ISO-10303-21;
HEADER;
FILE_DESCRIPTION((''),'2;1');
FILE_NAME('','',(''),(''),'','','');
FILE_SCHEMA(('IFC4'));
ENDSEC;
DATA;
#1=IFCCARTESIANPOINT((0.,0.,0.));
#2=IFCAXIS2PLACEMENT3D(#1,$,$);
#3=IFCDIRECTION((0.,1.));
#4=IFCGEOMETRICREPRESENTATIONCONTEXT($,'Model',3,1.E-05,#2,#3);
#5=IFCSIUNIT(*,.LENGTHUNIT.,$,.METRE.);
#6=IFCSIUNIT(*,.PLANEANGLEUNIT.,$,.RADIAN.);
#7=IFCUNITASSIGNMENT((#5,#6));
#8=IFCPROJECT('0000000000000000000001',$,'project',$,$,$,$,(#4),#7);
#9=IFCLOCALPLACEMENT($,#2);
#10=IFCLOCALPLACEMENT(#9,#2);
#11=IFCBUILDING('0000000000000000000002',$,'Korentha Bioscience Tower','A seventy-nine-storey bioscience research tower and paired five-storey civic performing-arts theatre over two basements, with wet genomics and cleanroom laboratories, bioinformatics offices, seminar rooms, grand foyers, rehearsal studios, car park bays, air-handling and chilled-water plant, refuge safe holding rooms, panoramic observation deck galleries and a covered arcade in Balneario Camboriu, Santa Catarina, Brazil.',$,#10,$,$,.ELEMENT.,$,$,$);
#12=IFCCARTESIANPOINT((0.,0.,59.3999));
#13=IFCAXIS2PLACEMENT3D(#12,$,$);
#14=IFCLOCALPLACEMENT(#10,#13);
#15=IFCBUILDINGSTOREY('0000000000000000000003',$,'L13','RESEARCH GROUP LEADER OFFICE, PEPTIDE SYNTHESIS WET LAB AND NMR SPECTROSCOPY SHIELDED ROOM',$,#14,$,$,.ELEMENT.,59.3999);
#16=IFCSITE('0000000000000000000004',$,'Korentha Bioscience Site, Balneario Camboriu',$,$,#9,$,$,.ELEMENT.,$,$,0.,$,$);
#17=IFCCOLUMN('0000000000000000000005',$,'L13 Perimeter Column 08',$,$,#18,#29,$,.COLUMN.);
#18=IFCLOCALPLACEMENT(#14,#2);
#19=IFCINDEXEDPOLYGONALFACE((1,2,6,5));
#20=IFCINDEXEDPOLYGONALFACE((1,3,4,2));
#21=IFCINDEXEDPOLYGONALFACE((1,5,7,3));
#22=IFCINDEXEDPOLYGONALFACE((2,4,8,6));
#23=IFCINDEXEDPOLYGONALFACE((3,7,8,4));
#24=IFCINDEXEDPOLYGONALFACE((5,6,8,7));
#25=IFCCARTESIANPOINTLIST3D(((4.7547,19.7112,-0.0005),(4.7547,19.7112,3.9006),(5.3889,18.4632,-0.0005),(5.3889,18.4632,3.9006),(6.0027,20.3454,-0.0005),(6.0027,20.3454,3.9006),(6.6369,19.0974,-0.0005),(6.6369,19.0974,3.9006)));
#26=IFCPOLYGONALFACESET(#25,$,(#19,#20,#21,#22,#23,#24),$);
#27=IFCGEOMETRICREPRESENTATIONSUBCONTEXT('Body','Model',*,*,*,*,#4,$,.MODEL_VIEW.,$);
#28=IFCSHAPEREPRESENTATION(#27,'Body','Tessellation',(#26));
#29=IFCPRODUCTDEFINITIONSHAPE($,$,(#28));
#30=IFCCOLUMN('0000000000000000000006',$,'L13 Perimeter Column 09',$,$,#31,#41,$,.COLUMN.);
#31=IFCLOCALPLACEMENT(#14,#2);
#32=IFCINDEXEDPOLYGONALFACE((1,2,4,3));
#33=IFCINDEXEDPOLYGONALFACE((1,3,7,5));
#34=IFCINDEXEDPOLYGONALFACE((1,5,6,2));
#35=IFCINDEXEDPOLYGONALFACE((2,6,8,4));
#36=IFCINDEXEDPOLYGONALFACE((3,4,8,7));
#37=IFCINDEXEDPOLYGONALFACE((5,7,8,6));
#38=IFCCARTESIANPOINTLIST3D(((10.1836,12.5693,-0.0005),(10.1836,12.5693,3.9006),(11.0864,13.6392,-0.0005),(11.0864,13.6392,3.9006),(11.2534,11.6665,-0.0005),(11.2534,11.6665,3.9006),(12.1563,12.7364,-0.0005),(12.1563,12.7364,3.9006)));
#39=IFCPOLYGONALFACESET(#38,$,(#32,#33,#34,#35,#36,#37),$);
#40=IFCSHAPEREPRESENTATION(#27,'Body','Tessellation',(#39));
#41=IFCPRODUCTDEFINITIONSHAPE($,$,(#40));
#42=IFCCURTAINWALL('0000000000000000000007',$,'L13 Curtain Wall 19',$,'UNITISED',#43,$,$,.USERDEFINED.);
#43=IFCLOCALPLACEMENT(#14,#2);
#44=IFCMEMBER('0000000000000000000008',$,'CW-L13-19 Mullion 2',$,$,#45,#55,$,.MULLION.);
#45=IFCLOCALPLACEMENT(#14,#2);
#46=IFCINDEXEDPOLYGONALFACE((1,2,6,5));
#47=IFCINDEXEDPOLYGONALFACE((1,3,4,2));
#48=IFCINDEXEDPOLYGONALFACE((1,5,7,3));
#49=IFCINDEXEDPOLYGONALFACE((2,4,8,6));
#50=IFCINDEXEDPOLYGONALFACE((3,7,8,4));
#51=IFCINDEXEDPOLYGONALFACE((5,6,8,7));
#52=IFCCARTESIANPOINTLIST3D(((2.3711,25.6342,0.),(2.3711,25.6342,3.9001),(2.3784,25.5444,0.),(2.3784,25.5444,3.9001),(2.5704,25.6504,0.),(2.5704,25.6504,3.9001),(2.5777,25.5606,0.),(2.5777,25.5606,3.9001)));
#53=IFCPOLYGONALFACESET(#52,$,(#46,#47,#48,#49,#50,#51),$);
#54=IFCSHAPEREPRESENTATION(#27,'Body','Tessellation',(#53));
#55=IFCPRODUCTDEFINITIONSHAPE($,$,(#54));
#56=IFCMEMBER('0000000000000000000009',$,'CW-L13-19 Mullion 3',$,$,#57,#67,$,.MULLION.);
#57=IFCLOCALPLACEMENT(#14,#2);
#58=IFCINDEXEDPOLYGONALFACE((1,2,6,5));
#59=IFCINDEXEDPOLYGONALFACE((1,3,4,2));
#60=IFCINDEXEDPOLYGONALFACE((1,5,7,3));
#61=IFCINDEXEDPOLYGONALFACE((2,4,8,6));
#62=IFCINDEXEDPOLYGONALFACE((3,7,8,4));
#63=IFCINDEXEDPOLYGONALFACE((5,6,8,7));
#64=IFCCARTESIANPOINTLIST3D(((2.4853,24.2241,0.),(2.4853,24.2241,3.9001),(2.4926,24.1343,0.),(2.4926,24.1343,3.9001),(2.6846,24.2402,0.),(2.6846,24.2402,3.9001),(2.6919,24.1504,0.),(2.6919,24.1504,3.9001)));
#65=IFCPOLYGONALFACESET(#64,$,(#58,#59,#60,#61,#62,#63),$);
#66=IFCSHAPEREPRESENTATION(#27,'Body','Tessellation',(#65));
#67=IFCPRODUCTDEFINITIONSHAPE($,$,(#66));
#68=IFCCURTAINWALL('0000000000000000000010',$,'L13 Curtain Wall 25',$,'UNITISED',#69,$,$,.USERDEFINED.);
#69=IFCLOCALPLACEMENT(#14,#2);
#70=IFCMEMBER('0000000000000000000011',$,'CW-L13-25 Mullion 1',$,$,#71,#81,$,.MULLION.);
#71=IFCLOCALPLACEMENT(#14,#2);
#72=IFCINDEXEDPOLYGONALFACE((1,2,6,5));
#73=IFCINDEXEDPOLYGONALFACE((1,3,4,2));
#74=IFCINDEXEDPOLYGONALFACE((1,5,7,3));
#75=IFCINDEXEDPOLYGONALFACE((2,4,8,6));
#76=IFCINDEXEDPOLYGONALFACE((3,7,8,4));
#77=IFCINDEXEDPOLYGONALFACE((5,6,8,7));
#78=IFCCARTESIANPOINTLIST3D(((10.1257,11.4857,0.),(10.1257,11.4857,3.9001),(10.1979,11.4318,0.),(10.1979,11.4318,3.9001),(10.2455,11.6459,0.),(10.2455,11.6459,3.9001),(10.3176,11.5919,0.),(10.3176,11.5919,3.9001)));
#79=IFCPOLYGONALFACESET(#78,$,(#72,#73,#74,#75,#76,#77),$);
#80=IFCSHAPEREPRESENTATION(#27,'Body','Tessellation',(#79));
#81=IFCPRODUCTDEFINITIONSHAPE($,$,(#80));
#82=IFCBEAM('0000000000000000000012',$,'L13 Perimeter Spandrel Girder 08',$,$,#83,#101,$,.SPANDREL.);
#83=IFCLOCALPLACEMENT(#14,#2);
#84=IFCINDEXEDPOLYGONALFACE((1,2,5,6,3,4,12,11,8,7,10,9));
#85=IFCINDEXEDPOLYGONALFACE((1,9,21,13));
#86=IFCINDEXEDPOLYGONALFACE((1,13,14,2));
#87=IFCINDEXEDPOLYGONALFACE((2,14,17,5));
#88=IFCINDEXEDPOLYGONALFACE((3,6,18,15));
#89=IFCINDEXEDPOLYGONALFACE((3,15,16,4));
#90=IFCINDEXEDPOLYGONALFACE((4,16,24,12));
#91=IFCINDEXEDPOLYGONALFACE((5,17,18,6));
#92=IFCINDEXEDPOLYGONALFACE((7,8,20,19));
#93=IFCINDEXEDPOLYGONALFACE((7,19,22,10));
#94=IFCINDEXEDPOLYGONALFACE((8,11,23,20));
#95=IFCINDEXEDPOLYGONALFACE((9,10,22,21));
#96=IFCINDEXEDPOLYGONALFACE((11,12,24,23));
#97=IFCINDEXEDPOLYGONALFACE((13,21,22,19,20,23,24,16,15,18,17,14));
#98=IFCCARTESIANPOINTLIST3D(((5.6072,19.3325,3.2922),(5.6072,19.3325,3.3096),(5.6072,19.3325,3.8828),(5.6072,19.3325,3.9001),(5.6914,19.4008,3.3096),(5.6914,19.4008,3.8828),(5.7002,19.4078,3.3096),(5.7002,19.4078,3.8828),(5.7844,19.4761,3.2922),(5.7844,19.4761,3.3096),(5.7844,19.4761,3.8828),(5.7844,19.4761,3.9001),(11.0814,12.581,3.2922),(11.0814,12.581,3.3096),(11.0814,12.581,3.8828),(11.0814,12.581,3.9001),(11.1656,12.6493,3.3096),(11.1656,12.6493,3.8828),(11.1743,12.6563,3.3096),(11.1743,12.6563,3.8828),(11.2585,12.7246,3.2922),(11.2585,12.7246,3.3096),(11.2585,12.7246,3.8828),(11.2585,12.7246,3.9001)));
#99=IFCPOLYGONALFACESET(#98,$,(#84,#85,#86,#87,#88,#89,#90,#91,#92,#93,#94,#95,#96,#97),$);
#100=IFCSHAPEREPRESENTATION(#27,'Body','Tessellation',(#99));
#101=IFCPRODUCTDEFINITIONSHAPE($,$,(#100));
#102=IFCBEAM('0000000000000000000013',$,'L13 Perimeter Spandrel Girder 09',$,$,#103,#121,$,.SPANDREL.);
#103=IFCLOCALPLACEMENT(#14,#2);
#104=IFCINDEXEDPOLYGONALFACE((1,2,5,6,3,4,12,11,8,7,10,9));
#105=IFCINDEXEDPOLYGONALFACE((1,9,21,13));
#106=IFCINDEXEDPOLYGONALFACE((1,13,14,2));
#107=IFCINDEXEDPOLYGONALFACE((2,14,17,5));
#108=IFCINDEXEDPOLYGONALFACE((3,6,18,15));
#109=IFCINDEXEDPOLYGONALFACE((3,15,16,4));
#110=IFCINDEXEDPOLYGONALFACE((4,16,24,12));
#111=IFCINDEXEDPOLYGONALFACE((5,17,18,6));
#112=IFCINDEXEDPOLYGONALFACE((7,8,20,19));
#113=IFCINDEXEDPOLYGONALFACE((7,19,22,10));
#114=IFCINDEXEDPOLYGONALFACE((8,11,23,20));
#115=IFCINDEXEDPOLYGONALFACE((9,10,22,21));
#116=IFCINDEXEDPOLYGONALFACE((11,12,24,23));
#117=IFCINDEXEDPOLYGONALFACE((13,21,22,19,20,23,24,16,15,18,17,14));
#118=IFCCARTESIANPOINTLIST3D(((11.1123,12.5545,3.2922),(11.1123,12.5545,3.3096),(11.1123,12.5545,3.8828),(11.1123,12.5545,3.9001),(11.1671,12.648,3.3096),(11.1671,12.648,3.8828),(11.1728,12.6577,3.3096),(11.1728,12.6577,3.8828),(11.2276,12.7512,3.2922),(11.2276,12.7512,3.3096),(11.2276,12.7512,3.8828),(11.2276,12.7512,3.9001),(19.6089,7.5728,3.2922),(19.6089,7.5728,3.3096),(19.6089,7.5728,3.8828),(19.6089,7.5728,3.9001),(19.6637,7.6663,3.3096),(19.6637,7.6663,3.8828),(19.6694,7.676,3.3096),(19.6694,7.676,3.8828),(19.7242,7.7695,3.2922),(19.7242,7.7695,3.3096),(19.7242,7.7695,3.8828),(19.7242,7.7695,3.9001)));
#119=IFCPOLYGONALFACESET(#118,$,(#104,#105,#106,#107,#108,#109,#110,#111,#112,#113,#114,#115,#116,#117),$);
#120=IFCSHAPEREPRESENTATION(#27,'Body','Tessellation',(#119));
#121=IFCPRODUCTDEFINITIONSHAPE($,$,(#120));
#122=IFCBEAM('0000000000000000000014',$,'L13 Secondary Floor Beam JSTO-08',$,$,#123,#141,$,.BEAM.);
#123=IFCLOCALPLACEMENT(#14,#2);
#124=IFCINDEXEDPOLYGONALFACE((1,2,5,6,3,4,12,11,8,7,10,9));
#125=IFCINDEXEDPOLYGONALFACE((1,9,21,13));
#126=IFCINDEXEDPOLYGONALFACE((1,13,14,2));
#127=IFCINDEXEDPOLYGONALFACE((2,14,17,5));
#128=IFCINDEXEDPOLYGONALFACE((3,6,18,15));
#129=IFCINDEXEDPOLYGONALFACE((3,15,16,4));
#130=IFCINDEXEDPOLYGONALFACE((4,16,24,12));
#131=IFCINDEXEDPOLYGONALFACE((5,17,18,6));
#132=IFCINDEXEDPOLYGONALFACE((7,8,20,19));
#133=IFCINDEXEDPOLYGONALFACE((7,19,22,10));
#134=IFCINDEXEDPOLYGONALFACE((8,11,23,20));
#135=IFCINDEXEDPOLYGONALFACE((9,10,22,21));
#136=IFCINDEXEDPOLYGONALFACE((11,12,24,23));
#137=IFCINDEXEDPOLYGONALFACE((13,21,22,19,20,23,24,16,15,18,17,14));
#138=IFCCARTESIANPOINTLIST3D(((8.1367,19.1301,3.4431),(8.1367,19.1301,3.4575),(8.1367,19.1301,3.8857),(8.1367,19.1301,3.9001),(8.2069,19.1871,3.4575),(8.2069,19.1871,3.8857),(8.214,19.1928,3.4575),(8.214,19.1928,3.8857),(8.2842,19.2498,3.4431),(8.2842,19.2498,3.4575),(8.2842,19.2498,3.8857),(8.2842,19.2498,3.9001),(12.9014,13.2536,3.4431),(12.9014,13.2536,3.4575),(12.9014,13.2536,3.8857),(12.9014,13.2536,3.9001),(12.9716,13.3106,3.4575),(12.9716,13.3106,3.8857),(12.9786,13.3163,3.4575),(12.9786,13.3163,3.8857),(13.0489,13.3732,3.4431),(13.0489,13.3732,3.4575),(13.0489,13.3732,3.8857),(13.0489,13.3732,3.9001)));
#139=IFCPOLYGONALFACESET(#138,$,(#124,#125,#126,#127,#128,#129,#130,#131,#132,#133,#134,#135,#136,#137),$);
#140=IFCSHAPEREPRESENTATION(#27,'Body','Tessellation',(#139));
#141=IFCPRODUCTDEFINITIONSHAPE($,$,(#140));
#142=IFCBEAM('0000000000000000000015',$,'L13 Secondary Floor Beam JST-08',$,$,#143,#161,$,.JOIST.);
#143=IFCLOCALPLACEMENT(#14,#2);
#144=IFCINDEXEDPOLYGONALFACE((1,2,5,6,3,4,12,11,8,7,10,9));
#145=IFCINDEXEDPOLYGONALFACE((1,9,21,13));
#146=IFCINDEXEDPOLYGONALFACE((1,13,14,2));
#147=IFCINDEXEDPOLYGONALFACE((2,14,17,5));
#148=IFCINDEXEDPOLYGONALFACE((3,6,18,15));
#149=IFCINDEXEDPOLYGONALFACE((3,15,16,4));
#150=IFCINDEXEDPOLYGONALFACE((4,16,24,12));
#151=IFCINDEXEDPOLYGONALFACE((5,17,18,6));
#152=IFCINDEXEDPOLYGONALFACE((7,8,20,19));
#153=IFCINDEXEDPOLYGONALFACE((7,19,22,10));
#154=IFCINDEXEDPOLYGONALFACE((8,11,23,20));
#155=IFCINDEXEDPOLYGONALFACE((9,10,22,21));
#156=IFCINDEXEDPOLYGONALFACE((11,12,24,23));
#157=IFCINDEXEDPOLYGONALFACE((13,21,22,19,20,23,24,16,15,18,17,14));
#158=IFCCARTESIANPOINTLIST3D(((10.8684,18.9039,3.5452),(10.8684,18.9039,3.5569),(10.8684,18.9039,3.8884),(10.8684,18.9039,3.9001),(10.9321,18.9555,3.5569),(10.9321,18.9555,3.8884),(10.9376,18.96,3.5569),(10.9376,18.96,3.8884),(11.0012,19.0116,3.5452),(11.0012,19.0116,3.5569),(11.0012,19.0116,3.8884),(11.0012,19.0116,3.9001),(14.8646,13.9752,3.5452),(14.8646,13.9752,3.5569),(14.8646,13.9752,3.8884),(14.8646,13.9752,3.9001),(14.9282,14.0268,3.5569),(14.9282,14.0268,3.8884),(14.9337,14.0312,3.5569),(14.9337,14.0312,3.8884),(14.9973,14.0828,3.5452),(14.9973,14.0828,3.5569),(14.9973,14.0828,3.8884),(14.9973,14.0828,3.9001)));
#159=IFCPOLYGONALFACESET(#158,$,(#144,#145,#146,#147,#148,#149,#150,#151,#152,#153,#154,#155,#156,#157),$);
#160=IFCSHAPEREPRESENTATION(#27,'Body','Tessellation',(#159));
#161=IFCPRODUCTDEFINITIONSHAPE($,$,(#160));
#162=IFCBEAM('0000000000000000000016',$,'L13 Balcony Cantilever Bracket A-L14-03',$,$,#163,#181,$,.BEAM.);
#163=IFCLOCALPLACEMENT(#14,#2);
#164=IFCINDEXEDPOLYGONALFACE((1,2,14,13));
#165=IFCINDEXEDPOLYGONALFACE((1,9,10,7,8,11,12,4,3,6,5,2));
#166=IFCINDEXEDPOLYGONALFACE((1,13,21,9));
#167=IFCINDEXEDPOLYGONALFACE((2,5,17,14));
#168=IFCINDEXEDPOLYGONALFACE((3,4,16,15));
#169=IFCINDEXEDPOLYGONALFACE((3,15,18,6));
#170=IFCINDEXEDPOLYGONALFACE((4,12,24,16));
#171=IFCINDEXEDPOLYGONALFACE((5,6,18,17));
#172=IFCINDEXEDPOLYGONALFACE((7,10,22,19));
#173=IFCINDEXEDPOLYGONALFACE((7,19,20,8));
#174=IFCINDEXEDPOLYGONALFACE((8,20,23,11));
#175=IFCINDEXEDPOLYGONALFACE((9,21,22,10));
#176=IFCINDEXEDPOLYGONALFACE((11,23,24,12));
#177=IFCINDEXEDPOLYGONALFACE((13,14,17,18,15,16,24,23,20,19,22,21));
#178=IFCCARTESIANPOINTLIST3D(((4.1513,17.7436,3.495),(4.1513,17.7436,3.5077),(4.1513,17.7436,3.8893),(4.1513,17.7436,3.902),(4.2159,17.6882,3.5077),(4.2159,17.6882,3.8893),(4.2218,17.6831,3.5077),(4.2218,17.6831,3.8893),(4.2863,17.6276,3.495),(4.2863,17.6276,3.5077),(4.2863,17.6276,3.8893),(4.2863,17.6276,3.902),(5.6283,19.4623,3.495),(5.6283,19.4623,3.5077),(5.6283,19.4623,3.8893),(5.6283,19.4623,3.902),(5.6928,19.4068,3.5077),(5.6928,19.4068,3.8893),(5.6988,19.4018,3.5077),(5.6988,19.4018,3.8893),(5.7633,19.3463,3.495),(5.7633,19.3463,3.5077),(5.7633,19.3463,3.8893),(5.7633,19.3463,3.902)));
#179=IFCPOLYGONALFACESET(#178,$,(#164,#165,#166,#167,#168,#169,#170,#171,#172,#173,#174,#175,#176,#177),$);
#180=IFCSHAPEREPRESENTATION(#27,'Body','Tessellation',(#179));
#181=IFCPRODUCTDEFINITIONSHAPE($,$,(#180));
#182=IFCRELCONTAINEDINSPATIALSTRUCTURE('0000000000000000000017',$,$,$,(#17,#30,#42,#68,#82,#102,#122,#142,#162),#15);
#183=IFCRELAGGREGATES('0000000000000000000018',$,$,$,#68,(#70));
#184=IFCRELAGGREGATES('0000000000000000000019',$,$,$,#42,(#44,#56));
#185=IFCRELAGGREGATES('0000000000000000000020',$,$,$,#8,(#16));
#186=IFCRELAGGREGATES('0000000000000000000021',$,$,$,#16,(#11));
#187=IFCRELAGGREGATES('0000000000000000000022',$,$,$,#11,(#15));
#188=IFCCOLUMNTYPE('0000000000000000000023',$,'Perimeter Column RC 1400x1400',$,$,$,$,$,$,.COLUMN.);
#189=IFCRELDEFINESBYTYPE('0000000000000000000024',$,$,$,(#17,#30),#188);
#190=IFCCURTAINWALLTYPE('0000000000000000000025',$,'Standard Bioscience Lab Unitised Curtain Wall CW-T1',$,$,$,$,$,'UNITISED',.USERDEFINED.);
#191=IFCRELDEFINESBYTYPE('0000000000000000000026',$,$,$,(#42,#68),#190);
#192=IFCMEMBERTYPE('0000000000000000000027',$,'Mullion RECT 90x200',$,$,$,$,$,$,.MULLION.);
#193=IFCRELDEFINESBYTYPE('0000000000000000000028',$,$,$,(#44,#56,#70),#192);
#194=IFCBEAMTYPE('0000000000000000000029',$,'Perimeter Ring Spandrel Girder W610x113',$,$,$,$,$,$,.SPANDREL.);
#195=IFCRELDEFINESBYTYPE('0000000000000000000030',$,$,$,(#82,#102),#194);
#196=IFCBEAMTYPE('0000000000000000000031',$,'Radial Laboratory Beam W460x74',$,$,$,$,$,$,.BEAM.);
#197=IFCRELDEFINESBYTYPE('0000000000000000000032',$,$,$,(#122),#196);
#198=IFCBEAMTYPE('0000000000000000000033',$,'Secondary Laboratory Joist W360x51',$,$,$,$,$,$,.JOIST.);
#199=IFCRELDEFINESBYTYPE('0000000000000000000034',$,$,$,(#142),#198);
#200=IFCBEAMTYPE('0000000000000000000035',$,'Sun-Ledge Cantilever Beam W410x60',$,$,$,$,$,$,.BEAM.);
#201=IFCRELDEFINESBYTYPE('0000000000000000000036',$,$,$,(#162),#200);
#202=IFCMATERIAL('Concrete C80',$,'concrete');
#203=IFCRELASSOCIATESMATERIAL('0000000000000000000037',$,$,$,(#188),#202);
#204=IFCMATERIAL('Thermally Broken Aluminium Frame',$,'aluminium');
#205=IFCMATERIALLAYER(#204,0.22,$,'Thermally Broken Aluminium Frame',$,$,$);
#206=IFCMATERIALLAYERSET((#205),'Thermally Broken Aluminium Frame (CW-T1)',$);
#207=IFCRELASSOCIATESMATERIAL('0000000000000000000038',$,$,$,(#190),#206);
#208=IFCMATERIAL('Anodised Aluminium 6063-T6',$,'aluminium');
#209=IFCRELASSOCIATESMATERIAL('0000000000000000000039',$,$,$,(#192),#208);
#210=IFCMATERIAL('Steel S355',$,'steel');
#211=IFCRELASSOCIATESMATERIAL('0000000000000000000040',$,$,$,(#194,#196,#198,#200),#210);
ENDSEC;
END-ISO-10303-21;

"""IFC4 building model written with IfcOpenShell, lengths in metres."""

from ifc_helpers import new_model, si_unit, direction, frame, origin, origin_2d, place, context, subcontext, project, spatial, rectangle, i_section, extrude, material, layer, layer_set, material_profile, profile_set, type_object, element, aggregate, save


model = new_model("IFC4")

# Units and contexts
model_context = context("Model", 3, precision=1e-05, world=origin(), true_north=direction((0.0, 1.0)))
body_context = subcontext(model_context, "Body", "Model", "MODEL_VIEW")
ifc_project = project(units=[si_unit("LENGTHUNIT", "METRE"), si_unit("PLANEANGLEUNIT", "RADIAN")], contexts=[model_context])

# Site, building, storey
site_placement = place(None, origin())
site = spatial("IfcSite", under=ifc_project, at=site_placement, Name="Korentha Bioscience Site, Balneario Camboriu", CompositionType="ELEMENT", RefElevation=0.0)
building_placement = place(site_placement, origin())
building = spatial("IfcBuilding", under=site, at=building_placement, Name="Korentha Bioscience Tower", Description="A seventy-nine-storey bioscience research tower and paired five-storey civic performing-arts theatre over two basements, with wet genomics and cleanroom laboratories, bioinformatics offices, seminar rooms, grand foyers, rehearsal studios, car park bays, air-handling and chilled-water plant, refuge safe holding rooms, panoramic observation deck galleries and a covered arcade in Balneario Camboriu, Santa Catarina, Brazil.", CompositionType="ELEMENT")
storey_placement = place(building_placement, frame((0.0, 0.0, 59.3999)))
storey = spatial("IfcBuildingStorey", under=building, at=storey_placement, Name="L13", Description="RESEARCH GROUP LEADER OFFICE, PEPTIDE SYNTHESIS WET LAB AND NMR SPECTROSCOPY SHIELDED ROOM", CompositionType="ELEMENT", Elevation=59.3999)

# Columns
ifc_material_1 = material(Name="Concrete C80", Category="concrete")
ifc_material_profile_1 = material_profile(ifc_material_1, rectangle(XDim=1.3999, YDim=1.3999, at=origin_2d()), Name="Concrete C80")
ifc_profile_set_1 = profile_set([ifc_material_profile_1], Name="Concrete C80 (COL-P14)")
column_type = type_object("IfcColumnType", Name="Perimeter Column RC 1400x1400", PredefinedType="COLUMN", material=ifc_profile_set_1)
for number, where, z_axis, x_axis, name in (
    (1, (5.6958, 19.4043, -0.0005), (0.0, 0.0, 1.0), (-0.453057, 0.891481, 0.0), "L13 Perimeter Column 08"),
    (2, (11.1699, 12.6528, -0.0005), (0.0, 0.0, 1.0), (-0.764246, 0.644924, 0.0), "L13 Perimeter Column 09"),
):
    element("IfcColumn", number, at=place(storey_placement, frame(where, z_axis=z_axis, x_axis=x_axis)), inside=storey, type_object=column_type, Name=name, PredefinedType="COLUMN", context=body_context, shape_type="SweptSolid", body=[
        extrude(rectangle(XDim=1.3999, YDim=1.3999, at=origin_2d()), origin(), (0.0, 0.0, 1.0), 3.9011),
    ])

# Curtain wall, members
ifc_material_2 = material(Name="Thermally Broken Aluminium Frame", Category="aluminium")
ifc_layer_1 = layer(ifc_material_2, 0.22, Name="Thermally Broken Aluminium Frame")
ifc_layer_set_1 = layer_set([ifc_layer_1], Name="Thermally Broken Aluminium Frame (CW-T1)")
curtain_wall_type = type_object("IfcCurtainWallType", Name="Standard Bioscience Lab Unitised Curtain Wall CW-T1", ElementType="UNITISED", PredefinedType="USERDEFINED", material=ifc_layer_set_1)
curtain_wall_1_placement = place(storey_placement, origin())
curtain_wall_1 = element("IfcCurtainWall", 3, at=curtain_wall_1_placement, inside=storey, type_object=curtain_wall_type, Name="L13 Curtain Wall 19", ObjectType="UNITISED", PredefinedType="USERDEFINED")
ifc_material_3 = material(Name="Anodised Aluminium 6063-T6", Category="aluminium")
ifc_material_profile_2 = material_profile(ifc_material_3, rectangle(XDim=0.0901, YDim=0.2, at=origin_2d()), Name="Anodised Aluminium 6063-T6")
ifc_profile_set_2 = profile_set([ifc_material_profile_2], Name="Anodised Aluminium 6063-T6 (CW-MUL)")
member_type_1 = type_object("IfcMemberType", Name="Mullion RECT 90x200", PredefinedType="MULLION", material=ifc_profile_set_2)
member_1_placement = place(storey_placement, frame((2.4744, 25.5974, 0.0), z_axis=(0.0, 0.0, 1.0), x_axis=(0.08082, -0.996729, 0.0)))
member_1 = element("IfcMember", 4, at=member_1_placement, type_object=member_type_1, Name="CW-L13-19 Mullion 2", PredefinedType="MULLION", context=body_context, shape_type="SweptSolid", body=[
    extrude(rectangle(XDim=0.0901, YDim=0.2, at=origin_2d()), origin(), (0.0, 0.0, 1.0), 3.9001),
])
member_2_placement = place(storey_placement, frame((2.5886, 24.1873, 0.0), z_axis=(0.0, 0.0, 1.0), x_axis=(0.08082, -0.996729, 0.0)))
member_2 = element("IfcMember", 5, at=member_2_placement, type_object=member_type_1, Name="CW-L13-19 Mullion 3", PredefinedType="MULLION", context=body_context, shape_type="SweptSolid", body=[
    extrude(rectangle(XDim=0.0901, YDim=0.2, at=origin_2d()), origin(), (0.0, 0.0, 1.0), 3.9001),
])

# Curtain wall, member
curtain_wall_2_placement = place(storey_placement, origin())
curtain_wall_2 = element("IfcCurtainWall", 6, at=curtain_wall_2_placement, inside=storey, type_object=curtain_wall_type, Name="L13 Curtain Wall 25", ObjectType="UNITISED", PredefinedType="USERDEFINED")
member_3_placement = place(storey_placement, frame((10.2217, 11.5388, 0.0), z_axis=(0.0, 0.0, 1.0), x_axis=(0.800798, -0.598935, 0.0)))
member_3 = element("IfcMember", 7, at=member_3_placement, type_object=member_type_1, Name="CW-L13-25 Mullion 1", PredefinedType="MULLION", context=body_context, shape_type="SweptSolid", body=[
    extrude(rectangle(XDim=0.0901, YDim=0.2, at=origin_2d()), origin(), (0.0, 0.0, 1.0), 3.9001),
])
aggregate(curtain_wall_2, [member_3])

# Beams
ifc_material_4 = material(Name="Steel S355", Category="steel")
ifc_material_profile_3 = material_profile(ifc_material_4, i_section(OverallWidth=0.228, OverallDepth=0.6079, WebThickness=0.0112, FlangeThickness=0.0173, at=origin_2d()), Name="Steel S355")
ifc_profile_set_3 = profile_set([ifc_material_profile_3], Name="Steel S355 (SB-610)")
beam_type_1 = type_object("IfcBeamType", Name="Perimeter Ring Spandrel Girder W610x113", PredefinedType="SPANDREL", material=ifc_profile_set_3)
beam_1_placement = place(storey_placement, frame((5.6958, 19.4043, 3.5962), z_axis=(0.629799, -0.776758, 0.0), x_axis=(0.776758, 0.629799, 0.0)))
element("IfcBeam", 8, at=beam_1_placement, inside=storey, type_object=beam_type_1, Name="L13 Perimeter Spandrel Girder 08", PredefinedType="SPANDREL", context=body_context, shape_type="SweptSolid", body=[
    extrude(i_section(OverallWidth=0.228, OverallDepth=0.6079, WebThickness=0.0112, FlangeThickness=0.0173, at=origin_2d()), origin(), (0.0, 0.0, 1.0), 8.6919),
])
beam_2_placement = place(storey_placement, frame((11.1699, 12.6528, 3.5962), z_axis=(0.862657, -0.50579, 0.0), x_axis=(0.50579, 0.862657, 0.0)))
element("IfcBeam", 9, at=beam_2_placement, inside=storey, type_object=beam_type_1, Name="L13 Perimeter Spandrel Girder 09", PredefinedType="SPANDREL", context=body_context, shape_type="SweptSolid", body=[
    extrude(i_section(OverallWidth=0.228, OverallDepth=0.6079, WebThickness=0.0112, FlangeThickness=0.0173, at=origin_2d()), origin(), (0.0, 0.0, 1.0), 9.8494),
])
ifc_material_profile_4 = material_profile(ifc_material_4, i_section(OverallWidth=0.1899, OverallDepth=0.457, WebThickness=0.009, FlangeThickness=0.0144, at=origin_2d()), Name="Steel S355")
ifc_profile_set_4 = profile_set([ifc_material_profile_4], Name="Steel S355 (RB-460)")
beam_type_2 = type_object("IfcBeamType", Name="Radial Laboratory Beam W460x74", PredefinedType="BEAM", material=ifc_profile_set_4)
beam_3_placement = place(storey_placement, frame((8.2104, 19.1899, 3.6716), z_axis=(0.629798, -0.776759, 0.0), x_axis=(0.776759, 0.629798, 0.0)))
element("IfcBeam", 10, at=beam_3_placement, inside=storey, type_object=beam_type_2, Name="L13 Secondary Floor Beam JSTO-08", PredefinedType="BEAM", context=body_context, shape_type="SweptSolid", body=[
    extrude(i_section(OverallWidth=0.1899, OverallDepth=0.457, WebThickness=0.009, FlangeThickness=0.0144, at=origin_2d()), origin(), (0.0, 0.0, 1.0), 7.5654),
])
ifc_material_profile_5 = material_profile(ifc_material_4, i_section(OverallWidth=0.1709, OverallDepth=0.355, WebThickness=0.0071, FlangeThickness=0.0117, at=origin_2d()), Name="Steel S355")
ifc_profile_set_5 = profile_set([ifc_material_profile_5], Name="Steel S355 (JB-360)")
beam_type_3 = type_object("IfcBeamType", Name="Secondary Laboratory Joist W360x51", PredefinedType="JOIST", material=ifc_profile_set_5)
beam_4_placement = place(storey_placement, frame((10.9348, 18.9578, 3.7227), z_axis=(0.629787, -0.776768, 0.0), x_axis=(0.776768, 0.629787, 0.0)))
element("IfcBeam", 11, at=beam_4_placement, inside=storey, type_object=beam_type_3, Name="L13 Secondary Floor Beam JST-08", PredefinedType="JOIST", context=body_context, shape_type="SweptSolid", body=[
    extrude(i_section(OverallWidth=0.1709, OverallDepth=0.355, WebThickness=0.0071, FlangeThickness=0.0117, at=origin_2d()), origin(), (0.0, 0.0, 1.0), 6.3452),
])
ifc_material_profile_6 = material_profile(ifc_material_4, i_section(OverallWidth=0.178, OverallDepth=0.407, WebThickness=0.0078, FlangeThickness=0.0127, at=origin_2d()), Name="Steel S355")
ifc_profile_set_6 = profile_set([ifc_material_profile_6], Name="Steel S355 (CB-410)")
beam_type_4 = type_object("IfcBeamType", Name="Sun-Ledge Cantilever Beam W410x60", PredefinedType="BEAM", material=ifc_profile_set_6)
beam_5_placement = place(storey_placement, frame((5.6958, 19.4043, 3.6985), z_axis=(-0.651767, -0.758419, 0.0), x_axis=(0.758419, -0.651767, 0.0)))
element("IfcBeam", 12, at=beam_5_placement, inside=storey, type_object=beam_type_4, Name="L13 Balcony Cantilever Bracket A-L14-03", PredefinedType="BEAM", context=body_context, shape_type="SweptSolid", body=[
    extrude(i_section(OverallWidth=0.178, OverallDepth=0.407, WebThickness=0.0078, FlangeThickness=0.0127, at=origin_2d()), origin(), (0.0, 0.0, 1.0), 2.2661),
])

aggregate(curtain_wall_1, [member_1, member_2])

save(model, "model.ifc")
